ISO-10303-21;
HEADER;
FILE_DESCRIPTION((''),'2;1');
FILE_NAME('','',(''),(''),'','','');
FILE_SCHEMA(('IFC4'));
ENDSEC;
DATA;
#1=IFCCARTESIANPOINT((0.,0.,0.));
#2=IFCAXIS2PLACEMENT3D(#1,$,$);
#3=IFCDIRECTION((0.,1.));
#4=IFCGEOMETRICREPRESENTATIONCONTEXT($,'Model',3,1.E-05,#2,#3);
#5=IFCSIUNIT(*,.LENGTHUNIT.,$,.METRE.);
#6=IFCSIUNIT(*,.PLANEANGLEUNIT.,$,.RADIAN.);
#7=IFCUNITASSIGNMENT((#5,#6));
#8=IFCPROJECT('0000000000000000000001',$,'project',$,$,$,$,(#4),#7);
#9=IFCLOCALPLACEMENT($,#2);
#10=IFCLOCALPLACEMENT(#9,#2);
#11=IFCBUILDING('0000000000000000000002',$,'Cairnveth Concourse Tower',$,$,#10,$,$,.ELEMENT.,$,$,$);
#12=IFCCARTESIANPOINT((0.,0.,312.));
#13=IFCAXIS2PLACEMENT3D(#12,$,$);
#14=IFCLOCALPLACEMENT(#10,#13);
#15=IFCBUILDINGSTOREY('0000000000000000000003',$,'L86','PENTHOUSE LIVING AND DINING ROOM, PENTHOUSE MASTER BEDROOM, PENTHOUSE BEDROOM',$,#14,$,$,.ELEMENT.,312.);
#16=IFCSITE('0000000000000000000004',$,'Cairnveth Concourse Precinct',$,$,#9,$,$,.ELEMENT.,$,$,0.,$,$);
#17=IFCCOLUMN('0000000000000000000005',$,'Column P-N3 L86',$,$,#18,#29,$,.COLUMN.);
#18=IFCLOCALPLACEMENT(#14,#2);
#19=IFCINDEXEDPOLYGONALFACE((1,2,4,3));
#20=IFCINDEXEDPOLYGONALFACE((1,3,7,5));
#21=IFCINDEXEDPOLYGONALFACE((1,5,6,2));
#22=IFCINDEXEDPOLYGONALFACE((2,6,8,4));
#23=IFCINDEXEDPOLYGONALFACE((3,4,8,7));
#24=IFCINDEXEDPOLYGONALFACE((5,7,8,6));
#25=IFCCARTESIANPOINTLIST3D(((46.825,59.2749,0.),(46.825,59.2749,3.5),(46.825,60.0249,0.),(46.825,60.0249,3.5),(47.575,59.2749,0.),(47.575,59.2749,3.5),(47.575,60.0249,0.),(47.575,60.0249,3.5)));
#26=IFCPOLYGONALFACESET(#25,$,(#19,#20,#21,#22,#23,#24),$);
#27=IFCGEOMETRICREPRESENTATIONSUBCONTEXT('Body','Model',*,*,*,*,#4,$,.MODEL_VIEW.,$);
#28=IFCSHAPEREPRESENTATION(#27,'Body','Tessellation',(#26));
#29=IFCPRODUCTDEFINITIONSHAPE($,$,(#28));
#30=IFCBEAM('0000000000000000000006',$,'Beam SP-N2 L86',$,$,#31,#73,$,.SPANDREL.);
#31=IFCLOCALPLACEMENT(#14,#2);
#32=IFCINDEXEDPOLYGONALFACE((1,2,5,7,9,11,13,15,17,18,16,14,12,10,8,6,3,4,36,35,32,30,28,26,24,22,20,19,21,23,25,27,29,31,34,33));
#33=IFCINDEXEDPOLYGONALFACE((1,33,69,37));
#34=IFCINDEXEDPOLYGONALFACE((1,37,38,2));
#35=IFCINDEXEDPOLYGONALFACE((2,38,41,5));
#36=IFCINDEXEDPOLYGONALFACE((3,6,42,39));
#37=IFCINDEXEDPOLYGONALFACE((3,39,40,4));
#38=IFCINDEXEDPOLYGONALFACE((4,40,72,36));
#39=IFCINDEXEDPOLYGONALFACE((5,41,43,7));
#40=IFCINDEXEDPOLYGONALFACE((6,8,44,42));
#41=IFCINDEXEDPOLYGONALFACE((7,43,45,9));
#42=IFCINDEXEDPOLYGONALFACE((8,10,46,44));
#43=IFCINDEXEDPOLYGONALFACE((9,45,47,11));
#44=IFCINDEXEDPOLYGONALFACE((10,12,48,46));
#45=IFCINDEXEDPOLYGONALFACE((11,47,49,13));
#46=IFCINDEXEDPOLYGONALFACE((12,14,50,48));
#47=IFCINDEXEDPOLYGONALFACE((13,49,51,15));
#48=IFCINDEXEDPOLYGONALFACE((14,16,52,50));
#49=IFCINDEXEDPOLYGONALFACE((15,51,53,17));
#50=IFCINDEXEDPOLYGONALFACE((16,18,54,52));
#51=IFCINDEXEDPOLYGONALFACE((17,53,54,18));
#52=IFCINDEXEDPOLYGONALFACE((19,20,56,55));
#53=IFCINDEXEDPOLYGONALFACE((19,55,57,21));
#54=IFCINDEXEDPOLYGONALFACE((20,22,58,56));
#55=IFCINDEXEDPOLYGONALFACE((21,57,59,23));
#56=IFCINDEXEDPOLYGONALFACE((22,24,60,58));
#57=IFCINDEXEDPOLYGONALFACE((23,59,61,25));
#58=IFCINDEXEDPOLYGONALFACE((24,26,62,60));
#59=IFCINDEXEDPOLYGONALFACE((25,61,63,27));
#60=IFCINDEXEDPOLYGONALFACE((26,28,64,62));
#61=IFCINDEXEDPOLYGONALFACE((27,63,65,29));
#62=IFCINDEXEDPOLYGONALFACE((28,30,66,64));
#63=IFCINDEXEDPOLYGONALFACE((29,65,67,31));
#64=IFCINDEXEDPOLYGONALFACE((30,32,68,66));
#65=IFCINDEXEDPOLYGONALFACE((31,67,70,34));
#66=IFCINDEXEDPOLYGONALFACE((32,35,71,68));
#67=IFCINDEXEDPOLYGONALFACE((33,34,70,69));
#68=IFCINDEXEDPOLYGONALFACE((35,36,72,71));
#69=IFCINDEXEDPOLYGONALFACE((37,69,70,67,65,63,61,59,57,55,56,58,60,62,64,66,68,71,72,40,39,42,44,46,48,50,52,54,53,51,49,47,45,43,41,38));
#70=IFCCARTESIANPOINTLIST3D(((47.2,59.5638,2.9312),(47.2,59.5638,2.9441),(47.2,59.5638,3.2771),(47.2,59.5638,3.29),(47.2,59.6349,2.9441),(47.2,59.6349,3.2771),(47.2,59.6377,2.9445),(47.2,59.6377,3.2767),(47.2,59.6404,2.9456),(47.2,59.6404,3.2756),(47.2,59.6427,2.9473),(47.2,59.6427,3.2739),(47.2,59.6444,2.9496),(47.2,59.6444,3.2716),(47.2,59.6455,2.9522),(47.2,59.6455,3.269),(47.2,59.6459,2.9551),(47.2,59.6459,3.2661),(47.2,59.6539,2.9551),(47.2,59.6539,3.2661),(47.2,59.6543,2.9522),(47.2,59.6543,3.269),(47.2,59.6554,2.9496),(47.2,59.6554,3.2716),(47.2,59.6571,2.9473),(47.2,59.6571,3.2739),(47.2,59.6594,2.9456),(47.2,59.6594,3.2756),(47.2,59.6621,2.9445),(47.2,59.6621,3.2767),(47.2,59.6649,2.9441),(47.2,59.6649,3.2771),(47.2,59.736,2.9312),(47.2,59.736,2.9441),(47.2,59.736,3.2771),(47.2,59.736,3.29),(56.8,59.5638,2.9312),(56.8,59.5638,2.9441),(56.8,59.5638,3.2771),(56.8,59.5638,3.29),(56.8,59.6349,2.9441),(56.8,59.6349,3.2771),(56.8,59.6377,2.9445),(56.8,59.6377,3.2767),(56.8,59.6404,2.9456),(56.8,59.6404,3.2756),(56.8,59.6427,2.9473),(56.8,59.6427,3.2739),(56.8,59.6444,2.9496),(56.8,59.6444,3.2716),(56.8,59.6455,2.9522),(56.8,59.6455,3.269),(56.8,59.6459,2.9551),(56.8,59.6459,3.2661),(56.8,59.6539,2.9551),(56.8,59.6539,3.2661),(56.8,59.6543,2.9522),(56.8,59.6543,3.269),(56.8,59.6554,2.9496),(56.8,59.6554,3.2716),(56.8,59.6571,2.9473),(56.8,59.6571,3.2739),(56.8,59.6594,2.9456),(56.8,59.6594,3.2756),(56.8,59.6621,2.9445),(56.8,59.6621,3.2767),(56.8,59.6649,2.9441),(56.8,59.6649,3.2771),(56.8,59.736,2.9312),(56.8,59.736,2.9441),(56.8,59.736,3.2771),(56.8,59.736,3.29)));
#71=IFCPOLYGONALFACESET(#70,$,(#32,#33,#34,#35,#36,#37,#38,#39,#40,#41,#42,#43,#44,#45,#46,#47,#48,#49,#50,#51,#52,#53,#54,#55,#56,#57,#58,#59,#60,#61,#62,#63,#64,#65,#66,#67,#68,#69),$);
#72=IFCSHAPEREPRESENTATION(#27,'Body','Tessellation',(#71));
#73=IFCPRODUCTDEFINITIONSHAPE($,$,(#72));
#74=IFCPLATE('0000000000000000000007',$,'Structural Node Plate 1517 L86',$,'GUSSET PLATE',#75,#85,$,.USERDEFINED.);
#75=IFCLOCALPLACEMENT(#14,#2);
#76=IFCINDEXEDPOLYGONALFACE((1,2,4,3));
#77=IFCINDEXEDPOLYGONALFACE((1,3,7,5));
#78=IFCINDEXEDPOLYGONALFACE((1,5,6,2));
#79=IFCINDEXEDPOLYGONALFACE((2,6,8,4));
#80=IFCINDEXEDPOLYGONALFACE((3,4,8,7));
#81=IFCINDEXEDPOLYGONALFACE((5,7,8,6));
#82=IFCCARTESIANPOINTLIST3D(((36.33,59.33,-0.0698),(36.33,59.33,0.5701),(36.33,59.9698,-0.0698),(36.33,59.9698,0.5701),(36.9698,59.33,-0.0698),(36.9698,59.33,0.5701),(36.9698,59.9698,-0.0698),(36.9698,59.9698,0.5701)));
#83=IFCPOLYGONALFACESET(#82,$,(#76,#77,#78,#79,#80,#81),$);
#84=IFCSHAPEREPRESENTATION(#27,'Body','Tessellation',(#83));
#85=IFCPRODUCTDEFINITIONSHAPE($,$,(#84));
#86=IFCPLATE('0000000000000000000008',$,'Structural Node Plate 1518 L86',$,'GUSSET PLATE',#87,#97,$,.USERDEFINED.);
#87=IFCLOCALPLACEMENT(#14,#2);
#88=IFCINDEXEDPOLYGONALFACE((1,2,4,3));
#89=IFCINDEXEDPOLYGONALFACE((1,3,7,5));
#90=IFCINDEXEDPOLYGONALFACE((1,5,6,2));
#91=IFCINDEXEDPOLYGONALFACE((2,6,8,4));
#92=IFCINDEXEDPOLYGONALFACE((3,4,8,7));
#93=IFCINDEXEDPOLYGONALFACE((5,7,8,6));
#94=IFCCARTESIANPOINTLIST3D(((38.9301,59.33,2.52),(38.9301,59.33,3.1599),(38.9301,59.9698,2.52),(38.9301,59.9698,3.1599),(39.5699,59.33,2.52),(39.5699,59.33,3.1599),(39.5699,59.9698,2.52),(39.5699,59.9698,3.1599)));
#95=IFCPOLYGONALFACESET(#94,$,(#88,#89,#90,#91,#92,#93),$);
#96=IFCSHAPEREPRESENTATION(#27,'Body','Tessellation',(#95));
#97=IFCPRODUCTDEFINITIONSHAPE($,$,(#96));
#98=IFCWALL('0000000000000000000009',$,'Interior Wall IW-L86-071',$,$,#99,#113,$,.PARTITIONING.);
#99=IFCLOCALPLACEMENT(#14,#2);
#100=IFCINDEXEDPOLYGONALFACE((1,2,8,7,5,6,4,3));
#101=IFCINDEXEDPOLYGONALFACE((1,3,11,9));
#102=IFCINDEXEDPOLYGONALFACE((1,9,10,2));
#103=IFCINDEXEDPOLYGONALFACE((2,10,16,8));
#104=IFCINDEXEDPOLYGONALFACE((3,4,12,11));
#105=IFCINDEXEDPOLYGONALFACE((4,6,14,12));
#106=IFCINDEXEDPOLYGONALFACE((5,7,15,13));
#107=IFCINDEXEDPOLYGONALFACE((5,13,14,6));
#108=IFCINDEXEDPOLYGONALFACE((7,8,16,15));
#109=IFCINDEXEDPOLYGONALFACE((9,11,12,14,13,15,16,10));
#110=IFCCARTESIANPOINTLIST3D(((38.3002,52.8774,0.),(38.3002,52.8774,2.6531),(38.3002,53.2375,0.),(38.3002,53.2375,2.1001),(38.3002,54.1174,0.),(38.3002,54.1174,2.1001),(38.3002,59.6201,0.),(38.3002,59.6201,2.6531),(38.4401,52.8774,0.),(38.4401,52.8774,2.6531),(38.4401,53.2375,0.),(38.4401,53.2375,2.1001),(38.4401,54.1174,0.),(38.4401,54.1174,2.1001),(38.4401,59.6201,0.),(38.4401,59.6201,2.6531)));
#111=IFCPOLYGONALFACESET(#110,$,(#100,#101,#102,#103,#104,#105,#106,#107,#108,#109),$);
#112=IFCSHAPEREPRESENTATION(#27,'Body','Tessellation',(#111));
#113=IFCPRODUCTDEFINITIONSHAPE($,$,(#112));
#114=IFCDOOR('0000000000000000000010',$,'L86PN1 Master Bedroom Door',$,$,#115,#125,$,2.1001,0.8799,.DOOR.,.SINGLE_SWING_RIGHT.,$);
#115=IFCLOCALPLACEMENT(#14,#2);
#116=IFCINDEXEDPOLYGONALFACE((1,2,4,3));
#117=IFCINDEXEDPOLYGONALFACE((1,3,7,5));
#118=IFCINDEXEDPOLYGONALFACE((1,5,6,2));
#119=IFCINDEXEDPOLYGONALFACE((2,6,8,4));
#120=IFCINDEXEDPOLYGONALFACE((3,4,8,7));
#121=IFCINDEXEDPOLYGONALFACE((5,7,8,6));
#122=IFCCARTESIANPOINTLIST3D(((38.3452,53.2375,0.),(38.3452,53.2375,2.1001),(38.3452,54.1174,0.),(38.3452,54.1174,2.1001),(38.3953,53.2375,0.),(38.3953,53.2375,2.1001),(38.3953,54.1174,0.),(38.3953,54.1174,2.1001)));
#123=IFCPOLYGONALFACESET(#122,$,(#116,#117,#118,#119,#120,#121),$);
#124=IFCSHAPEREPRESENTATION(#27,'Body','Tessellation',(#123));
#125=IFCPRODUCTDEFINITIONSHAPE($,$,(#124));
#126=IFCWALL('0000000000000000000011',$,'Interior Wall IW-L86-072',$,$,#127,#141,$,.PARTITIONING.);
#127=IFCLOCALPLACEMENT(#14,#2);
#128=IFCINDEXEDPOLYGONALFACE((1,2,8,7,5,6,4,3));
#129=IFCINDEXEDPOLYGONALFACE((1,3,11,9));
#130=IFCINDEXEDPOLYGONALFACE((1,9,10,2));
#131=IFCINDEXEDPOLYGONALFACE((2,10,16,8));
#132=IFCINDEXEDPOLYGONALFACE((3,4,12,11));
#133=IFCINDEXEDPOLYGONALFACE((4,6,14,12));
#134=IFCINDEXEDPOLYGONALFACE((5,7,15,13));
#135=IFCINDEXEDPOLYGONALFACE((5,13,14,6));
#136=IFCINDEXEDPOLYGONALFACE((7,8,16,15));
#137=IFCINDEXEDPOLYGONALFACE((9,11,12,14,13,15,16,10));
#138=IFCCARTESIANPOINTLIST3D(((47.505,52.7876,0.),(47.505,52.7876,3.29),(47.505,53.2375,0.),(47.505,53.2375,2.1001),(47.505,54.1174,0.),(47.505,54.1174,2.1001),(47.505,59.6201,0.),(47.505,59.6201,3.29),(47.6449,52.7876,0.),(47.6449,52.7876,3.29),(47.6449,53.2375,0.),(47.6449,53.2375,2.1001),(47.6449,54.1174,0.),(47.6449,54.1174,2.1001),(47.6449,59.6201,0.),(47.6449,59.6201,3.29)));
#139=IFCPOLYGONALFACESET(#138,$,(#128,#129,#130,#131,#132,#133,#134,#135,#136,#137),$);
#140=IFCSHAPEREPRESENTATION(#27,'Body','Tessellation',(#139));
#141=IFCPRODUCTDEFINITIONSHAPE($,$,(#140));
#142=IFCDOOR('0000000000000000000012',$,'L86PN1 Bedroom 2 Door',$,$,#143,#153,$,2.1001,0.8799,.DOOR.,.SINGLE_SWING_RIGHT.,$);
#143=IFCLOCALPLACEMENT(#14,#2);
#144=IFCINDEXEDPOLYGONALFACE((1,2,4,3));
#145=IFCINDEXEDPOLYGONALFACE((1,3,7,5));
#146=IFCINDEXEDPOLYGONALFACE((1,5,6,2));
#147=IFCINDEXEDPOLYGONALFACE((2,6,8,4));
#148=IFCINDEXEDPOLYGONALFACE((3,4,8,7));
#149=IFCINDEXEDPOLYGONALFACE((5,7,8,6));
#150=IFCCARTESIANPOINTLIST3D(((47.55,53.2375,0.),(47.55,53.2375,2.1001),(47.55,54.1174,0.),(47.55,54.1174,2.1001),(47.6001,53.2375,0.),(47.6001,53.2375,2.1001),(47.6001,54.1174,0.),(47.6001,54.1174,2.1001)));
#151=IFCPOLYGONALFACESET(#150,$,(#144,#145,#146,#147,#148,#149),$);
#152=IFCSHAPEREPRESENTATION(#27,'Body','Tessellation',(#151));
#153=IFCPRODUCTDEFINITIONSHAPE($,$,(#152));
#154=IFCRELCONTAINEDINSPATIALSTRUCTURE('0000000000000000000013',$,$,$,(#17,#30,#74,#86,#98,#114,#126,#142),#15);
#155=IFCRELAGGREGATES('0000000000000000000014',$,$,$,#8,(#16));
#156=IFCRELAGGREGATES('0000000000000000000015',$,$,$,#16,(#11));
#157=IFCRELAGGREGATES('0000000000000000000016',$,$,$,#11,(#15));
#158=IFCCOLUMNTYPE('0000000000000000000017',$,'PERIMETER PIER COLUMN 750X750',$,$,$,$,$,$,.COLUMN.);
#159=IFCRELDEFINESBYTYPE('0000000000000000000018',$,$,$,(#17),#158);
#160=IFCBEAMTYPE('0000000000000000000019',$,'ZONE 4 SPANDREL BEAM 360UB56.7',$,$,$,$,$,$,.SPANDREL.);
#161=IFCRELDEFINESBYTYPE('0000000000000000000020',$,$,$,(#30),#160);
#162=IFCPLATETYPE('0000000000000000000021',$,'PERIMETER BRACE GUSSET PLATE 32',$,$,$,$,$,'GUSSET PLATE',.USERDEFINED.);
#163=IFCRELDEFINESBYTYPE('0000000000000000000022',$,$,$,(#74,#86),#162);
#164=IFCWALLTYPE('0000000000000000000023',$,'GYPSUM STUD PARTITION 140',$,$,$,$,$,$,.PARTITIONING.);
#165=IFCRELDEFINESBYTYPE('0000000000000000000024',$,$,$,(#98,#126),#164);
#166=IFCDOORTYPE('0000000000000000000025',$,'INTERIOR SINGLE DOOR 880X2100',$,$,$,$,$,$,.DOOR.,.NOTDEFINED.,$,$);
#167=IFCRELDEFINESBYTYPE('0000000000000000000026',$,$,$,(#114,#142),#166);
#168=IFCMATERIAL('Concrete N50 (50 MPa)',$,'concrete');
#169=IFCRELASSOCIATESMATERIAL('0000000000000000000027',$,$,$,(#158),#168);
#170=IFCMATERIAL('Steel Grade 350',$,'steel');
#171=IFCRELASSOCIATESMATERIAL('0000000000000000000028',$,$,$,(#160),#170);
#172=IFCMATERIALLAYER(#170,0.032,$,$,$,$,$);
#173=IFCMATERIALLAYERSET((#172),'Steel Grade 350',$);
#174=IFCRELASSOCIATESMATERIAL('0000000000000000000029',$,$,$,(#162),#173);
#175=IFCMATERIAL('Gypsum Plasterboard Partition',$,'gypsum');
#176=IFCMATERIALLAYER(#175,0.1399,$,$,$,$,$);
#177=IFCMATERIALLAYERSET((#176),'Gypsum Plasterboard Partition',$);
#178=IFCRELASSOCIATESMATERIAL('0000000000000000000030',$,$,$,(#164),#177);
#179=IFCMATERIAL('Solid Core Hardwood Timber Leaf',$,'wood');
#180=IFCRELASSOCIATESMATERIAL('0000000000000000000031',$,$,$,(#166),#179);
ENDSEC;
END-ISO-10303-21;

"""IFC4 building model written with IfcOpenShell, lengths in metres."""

from ifc_helpers import new_model, si_unit, direction, frame, frame_2d, origin, origin_2d, place, context, subcontext, project, spatial, rectangle, i_section, extrude, material, layer, layer_set, material_profile, profile_set, type_object, element, fill, save


model = new_model("IFC4")

# Units and contexts
model_context = context("Model", 3, precision=1e-05, world=origin(), true_north=direction((0.0, 1.0)))
body_context = subcontext(model_context, "Body", "Model", "MODEL_VIEW")
ifc_project = project(units=[si_unit("LENGTHUNIT", "METRE"), si_unit("PLANEANGLEUNIT", "RADIAN")], contexts=[model_context])

# Site, building, storey
site_placement = place(None, origin())
site = spatial("IfcSite", under=ifc_project, at=site_placement, Name="Cairnveth Concourse Precinct", CompositionType="ELEMENT", RefElevation=0.0)
building_placement = place(site_placement, origin())
building = spatial("IfcBuilding", under=site, at=building_placement, Name="Cairnveth Concourse Tower", CompositionType="ELEMENT")
storey_placement = place(building_placement, frame((0.0, 0.0, 312.0)))
storey = spatial("IfcBuildingStorey", under=building, at=storey_placement, Name="L86", Description="PENTHOUSE LIVING AND DINING ROOM, PENTHOUSE MASTER BEDROOM, PENTHOUSE BEDROOM", CompositionType="ELEMENT", Elevation=312.0)

# Column
ifc_material_1 = material(Name="Concrete N50 (50 MPa)", Category="concrete")
ifc_material_profile_1 = material_profile(ifc_material_1, rectangle(XDim=0.75, YDim=0.75, at=origin_2d()), Name="RC-COL-750x750")
ifc_profile_set_1 = profile_set([ifc_material_profile_1], Name="Concrete N50 (50 MPa)")
column_type = type_object("IfcColumnType", Name="PERIMETER PIER COLUMN 750X750", PredefinedType="COLUMN", material=ifc_profile_set_1)
column_placement = place(storey_placement, frame((47.2, 59.6499, 0.0), z_axis=(0.0, 0.0, 1.0), x_axis=(1.0, 0.0, 0.0)))
element("IfcColumn", 1, at=column_placement, inside=storey, type_object=column_type, Name="Column P-N3 L86", PredefinedType="COLUMN", context=body_context, shape_type="SweptSolid", body=[
    extrude(rectangle(XDim=0.75, YDim=0.75, at=origin_2d()), origin(), (0.0, 0.0, 1.0), 3.5),
])

# Beam
ifc_material_2 = material(Name="Steel Grade 350", Category="steel")
ifc_material_profile_2 = material_profile(ifc_material_2, i_section(OverallWidth=0.1721, OverallDepth=0.3589, WebThickness=0.0081, FlangeThickness=0.0129, FilletRadius=0.011, at=origin_2d()), Name="360UB56.7")
ifc_profile_set_2 = profile_set([ifc_material_profile_2], Name="Steel Grade 350")
beam_type = type_object("IfcBeamType", Name="ZONE 4 SPANDREL BEAM 360UB56.7", PredefinedType="SPANDREL", material=ifc_profile_set_2)
beam_placement = place(storey_placement, frame((47.2, 59.6499, 3.1106), z_axis=(1.0, 0.0, 0.0), x_axis=(0.0, 1.0, 0.0)))
element("IfcBeam", 2, at=beam_placement, inside=storey, type_object=beam_type, Name="Beam SP-N2 L86", PredefinedType="SPANDREL", context=body_context, shape_type="SweptSolid", body=[
    extrude(i_section(OverallWidth=0.1721, OverallDepth=0.3589, WebThickness=0.0081, FlangeThickness=0.0129, FilletRadius=0.011, at=origin_2d()), origin(), (0.0, 0.0, 1.0), 9.6001),
])

# Plates
ifc_layer_1 = layer(ifc_material_2, 0.032)
ifc_layer_set_1 = layer_set([ifc_layer_1], Name="Steel Grade 350")
plate_type = type_object("IfcPlateType", Name="PERIMETER BRACE GUSSET PLATE 32", ElementType="GUSSET PLATE", PredefinedType="USERDEFINED", material=ifc_layer_set_1)
for number, where, z_axis, x_axis, name in (
    (3, (36.6499, 59.6499, -0.0698), (0.0, 0.0, 1.0), (1.0, 0.0, 0.0), "Structural Node Plate 1517 L86"),
    (4, (39.25, 59.6499, 2.52), (0.0, 0.0, 1.0), (1.0, 0.0, 0.0), "Structural Node Plate 1518 L86"),
):
    element("IfcPlate", number, at=place(storey_placement, frame(where, z_axis=z_axis, x_axis=x_axis)), inside=storey, type_object=plate_type, Name=name, ObjectType="GUSSET PLATE", PredefinedType="USERDEFINED", context=body_context, shape_type="SweptSolid", body=[
        extrude(rectangle(XDim=0.6399, YDim=0.6399, at=origin_2d()), origin(), (0.0, 0.0, 1.0), 0.6399),
    ])

# Walls, openings, doors
ifc_material_3 = material(Name="Gypsum Plasterboard Partition", Category="gypsum")
ifc_layer_2 = layer(ifc_material_3, 0.1399)
ifc_layer_set_2 = layer_set([ifc_layer_2], Name="Gypsum Plasterboard Partition")
wall_type_1 = type_object("IfcWallType", Name="GYPSUM STUD PARTITION 140", PredefinedType="PARTITIONING", material=ifc_layer_set_2)
wall_1_placement = place(storey_placement, frame((38.3701, 52.8774, 0.0), z_axis=(0.0, 0.0, 1.0), x_axis=(0.0, 1.0, 0.0)))
wall_1 = element("IfcWall", 5, at=wall_1_placement, inside=storey, type_object=wall_type_1, Name="Interior Wall IW-L86-071", PredefinedType="PARTITIONING", context=body_context, shape_type="SweptSolid", body=[
    extrude(rectangle(XDim=6.7427, YDim=0.1399, at=frame_2d((3.3713, 0.0))), origin(), (0.0, 0.0, 1.0), 2.6531),
])
opening_1_placement = place(wall_1_placement, frame((0.3601, 0.0, 0.0)))
opening_1 = element("IfcOpeningElement", 6, at=opening_1_placement, cuts=wall_1, PredefinedType="OPENING", context=body_context, shape_type="SweptSolid", body=[
    extrude(rectangle(XDim=0.8799, YDim=2.1001, at=frame_2d((0.4399, 1.05))), frame((0.0, 0.0798, 0.0), z_axis=(0.0, -1.0, 0.0), x_axis=(1.0, 0.0, 0.0)), (0.0, 0.0, 1.0), 0.1599),
])
ifc_material_4 = material(Name="Solid Core Hardwood Timber Leaf", Category="wood")
door_type_1 = type_object("IfcDoorType", Name="INTERIOR SINGLE DOOR 880X2100", OperationType="NOTDEFINED", PredefinedType="DOOR", material=ifc_material_4)
door_1_placement = place(opening_1_placement, origin())
door_1 = element("IfcDoor", 7, at=door_1_placement, inside=storey, type_object=door_type_1, Name="L86PN1 Master Bedroom Door", OperationType="SINGLE_SWING_RIGHT", OverallHeight=2.1001, OverallWidth=0.8799, PredefinedType="DOOR", context=body_context, shape_type="SweptSolid", body=[
    extrude(rectangle(XDim=0.8799, YDim=2.1001, at=frame_2d((0.4399, 1.05))), frame((0.0, 0.0249, 0.0), z_axis=(0.0, -1.0, 0.0), x_axis=(1.0, 0.0, 0.0)), (0.0, 0.0, 1.0), 0.05),
])
fill(opening_1, door_1)
wall_2_placement = place(storey_placement, frame((47.575, 52.7876, 0.0), z_axis=(0.0, 0.0, 1.0), x_axis=(0.0, 1.0, 0.0)))
wall_2 = element("IfcWall", 8, at=wall_2_placement, inside=storey, type_object=wall_type_1, Name="Interior Wall IW-L86-072", PredefinedType="PARTITIONING", context=body_context, shape_type="SweptSolid", body=[
    extrude(rectangle(XDim=6.8325, YDim=0.1399, at=frame_2d((3.4163, 0.0))), origin(), (0.0, 0.0, 1.0), 3.29),
])
opening_2_placement = place(wall_2_placement, frame((0.45, 0.0, 0.0)))
opening_2 = element("IfcOpeningElement", 9, at=opening_2_placement, cuts=wall_2, PredefinedType="OPENING", context=body_context, shape_type="SweptSolid", body=[
    extrude(rectangle(XDim=0.8799, YDim=2.1001, at=frame_2d((0.4399, 1.05))), frame((0.0, 0.0798, 0.0), z_axis=(0.0, -1.0, 0.0), x_axis=(1.0, 0.0, 0.0)), (0.0, 0.0, 1.0), 0.1599),
])
door_2_placement = place(opening_2_placement, origin())
door_2 = element("IfcDoor", 10, at=door_2_placement, inside=storey, type_object=door_type_1, Name="L86PN1 Bedroom 2 Door", OperationType="SINGLE_SWING_RIGHT", OverallHeight=2.1001, OverallWidth=0.8799, PredefinedType="DOOR", context=body_context, shape_type="SweptSolid", body=[
    extrude(rectangle(XDim=0.8799, YDim=2.1001, at=frame_2d((0.4399, 1.05))), frame((0.0, 0.0249, 0.0), z_axis=(0.0, -1.0, 0.0), x_axis=(1.0, 0.0, 0.0)), (0.0, 0.0, 1.0), 0.05),
])
fill(opening_2, door_2)

save(model, "model.ifc")
